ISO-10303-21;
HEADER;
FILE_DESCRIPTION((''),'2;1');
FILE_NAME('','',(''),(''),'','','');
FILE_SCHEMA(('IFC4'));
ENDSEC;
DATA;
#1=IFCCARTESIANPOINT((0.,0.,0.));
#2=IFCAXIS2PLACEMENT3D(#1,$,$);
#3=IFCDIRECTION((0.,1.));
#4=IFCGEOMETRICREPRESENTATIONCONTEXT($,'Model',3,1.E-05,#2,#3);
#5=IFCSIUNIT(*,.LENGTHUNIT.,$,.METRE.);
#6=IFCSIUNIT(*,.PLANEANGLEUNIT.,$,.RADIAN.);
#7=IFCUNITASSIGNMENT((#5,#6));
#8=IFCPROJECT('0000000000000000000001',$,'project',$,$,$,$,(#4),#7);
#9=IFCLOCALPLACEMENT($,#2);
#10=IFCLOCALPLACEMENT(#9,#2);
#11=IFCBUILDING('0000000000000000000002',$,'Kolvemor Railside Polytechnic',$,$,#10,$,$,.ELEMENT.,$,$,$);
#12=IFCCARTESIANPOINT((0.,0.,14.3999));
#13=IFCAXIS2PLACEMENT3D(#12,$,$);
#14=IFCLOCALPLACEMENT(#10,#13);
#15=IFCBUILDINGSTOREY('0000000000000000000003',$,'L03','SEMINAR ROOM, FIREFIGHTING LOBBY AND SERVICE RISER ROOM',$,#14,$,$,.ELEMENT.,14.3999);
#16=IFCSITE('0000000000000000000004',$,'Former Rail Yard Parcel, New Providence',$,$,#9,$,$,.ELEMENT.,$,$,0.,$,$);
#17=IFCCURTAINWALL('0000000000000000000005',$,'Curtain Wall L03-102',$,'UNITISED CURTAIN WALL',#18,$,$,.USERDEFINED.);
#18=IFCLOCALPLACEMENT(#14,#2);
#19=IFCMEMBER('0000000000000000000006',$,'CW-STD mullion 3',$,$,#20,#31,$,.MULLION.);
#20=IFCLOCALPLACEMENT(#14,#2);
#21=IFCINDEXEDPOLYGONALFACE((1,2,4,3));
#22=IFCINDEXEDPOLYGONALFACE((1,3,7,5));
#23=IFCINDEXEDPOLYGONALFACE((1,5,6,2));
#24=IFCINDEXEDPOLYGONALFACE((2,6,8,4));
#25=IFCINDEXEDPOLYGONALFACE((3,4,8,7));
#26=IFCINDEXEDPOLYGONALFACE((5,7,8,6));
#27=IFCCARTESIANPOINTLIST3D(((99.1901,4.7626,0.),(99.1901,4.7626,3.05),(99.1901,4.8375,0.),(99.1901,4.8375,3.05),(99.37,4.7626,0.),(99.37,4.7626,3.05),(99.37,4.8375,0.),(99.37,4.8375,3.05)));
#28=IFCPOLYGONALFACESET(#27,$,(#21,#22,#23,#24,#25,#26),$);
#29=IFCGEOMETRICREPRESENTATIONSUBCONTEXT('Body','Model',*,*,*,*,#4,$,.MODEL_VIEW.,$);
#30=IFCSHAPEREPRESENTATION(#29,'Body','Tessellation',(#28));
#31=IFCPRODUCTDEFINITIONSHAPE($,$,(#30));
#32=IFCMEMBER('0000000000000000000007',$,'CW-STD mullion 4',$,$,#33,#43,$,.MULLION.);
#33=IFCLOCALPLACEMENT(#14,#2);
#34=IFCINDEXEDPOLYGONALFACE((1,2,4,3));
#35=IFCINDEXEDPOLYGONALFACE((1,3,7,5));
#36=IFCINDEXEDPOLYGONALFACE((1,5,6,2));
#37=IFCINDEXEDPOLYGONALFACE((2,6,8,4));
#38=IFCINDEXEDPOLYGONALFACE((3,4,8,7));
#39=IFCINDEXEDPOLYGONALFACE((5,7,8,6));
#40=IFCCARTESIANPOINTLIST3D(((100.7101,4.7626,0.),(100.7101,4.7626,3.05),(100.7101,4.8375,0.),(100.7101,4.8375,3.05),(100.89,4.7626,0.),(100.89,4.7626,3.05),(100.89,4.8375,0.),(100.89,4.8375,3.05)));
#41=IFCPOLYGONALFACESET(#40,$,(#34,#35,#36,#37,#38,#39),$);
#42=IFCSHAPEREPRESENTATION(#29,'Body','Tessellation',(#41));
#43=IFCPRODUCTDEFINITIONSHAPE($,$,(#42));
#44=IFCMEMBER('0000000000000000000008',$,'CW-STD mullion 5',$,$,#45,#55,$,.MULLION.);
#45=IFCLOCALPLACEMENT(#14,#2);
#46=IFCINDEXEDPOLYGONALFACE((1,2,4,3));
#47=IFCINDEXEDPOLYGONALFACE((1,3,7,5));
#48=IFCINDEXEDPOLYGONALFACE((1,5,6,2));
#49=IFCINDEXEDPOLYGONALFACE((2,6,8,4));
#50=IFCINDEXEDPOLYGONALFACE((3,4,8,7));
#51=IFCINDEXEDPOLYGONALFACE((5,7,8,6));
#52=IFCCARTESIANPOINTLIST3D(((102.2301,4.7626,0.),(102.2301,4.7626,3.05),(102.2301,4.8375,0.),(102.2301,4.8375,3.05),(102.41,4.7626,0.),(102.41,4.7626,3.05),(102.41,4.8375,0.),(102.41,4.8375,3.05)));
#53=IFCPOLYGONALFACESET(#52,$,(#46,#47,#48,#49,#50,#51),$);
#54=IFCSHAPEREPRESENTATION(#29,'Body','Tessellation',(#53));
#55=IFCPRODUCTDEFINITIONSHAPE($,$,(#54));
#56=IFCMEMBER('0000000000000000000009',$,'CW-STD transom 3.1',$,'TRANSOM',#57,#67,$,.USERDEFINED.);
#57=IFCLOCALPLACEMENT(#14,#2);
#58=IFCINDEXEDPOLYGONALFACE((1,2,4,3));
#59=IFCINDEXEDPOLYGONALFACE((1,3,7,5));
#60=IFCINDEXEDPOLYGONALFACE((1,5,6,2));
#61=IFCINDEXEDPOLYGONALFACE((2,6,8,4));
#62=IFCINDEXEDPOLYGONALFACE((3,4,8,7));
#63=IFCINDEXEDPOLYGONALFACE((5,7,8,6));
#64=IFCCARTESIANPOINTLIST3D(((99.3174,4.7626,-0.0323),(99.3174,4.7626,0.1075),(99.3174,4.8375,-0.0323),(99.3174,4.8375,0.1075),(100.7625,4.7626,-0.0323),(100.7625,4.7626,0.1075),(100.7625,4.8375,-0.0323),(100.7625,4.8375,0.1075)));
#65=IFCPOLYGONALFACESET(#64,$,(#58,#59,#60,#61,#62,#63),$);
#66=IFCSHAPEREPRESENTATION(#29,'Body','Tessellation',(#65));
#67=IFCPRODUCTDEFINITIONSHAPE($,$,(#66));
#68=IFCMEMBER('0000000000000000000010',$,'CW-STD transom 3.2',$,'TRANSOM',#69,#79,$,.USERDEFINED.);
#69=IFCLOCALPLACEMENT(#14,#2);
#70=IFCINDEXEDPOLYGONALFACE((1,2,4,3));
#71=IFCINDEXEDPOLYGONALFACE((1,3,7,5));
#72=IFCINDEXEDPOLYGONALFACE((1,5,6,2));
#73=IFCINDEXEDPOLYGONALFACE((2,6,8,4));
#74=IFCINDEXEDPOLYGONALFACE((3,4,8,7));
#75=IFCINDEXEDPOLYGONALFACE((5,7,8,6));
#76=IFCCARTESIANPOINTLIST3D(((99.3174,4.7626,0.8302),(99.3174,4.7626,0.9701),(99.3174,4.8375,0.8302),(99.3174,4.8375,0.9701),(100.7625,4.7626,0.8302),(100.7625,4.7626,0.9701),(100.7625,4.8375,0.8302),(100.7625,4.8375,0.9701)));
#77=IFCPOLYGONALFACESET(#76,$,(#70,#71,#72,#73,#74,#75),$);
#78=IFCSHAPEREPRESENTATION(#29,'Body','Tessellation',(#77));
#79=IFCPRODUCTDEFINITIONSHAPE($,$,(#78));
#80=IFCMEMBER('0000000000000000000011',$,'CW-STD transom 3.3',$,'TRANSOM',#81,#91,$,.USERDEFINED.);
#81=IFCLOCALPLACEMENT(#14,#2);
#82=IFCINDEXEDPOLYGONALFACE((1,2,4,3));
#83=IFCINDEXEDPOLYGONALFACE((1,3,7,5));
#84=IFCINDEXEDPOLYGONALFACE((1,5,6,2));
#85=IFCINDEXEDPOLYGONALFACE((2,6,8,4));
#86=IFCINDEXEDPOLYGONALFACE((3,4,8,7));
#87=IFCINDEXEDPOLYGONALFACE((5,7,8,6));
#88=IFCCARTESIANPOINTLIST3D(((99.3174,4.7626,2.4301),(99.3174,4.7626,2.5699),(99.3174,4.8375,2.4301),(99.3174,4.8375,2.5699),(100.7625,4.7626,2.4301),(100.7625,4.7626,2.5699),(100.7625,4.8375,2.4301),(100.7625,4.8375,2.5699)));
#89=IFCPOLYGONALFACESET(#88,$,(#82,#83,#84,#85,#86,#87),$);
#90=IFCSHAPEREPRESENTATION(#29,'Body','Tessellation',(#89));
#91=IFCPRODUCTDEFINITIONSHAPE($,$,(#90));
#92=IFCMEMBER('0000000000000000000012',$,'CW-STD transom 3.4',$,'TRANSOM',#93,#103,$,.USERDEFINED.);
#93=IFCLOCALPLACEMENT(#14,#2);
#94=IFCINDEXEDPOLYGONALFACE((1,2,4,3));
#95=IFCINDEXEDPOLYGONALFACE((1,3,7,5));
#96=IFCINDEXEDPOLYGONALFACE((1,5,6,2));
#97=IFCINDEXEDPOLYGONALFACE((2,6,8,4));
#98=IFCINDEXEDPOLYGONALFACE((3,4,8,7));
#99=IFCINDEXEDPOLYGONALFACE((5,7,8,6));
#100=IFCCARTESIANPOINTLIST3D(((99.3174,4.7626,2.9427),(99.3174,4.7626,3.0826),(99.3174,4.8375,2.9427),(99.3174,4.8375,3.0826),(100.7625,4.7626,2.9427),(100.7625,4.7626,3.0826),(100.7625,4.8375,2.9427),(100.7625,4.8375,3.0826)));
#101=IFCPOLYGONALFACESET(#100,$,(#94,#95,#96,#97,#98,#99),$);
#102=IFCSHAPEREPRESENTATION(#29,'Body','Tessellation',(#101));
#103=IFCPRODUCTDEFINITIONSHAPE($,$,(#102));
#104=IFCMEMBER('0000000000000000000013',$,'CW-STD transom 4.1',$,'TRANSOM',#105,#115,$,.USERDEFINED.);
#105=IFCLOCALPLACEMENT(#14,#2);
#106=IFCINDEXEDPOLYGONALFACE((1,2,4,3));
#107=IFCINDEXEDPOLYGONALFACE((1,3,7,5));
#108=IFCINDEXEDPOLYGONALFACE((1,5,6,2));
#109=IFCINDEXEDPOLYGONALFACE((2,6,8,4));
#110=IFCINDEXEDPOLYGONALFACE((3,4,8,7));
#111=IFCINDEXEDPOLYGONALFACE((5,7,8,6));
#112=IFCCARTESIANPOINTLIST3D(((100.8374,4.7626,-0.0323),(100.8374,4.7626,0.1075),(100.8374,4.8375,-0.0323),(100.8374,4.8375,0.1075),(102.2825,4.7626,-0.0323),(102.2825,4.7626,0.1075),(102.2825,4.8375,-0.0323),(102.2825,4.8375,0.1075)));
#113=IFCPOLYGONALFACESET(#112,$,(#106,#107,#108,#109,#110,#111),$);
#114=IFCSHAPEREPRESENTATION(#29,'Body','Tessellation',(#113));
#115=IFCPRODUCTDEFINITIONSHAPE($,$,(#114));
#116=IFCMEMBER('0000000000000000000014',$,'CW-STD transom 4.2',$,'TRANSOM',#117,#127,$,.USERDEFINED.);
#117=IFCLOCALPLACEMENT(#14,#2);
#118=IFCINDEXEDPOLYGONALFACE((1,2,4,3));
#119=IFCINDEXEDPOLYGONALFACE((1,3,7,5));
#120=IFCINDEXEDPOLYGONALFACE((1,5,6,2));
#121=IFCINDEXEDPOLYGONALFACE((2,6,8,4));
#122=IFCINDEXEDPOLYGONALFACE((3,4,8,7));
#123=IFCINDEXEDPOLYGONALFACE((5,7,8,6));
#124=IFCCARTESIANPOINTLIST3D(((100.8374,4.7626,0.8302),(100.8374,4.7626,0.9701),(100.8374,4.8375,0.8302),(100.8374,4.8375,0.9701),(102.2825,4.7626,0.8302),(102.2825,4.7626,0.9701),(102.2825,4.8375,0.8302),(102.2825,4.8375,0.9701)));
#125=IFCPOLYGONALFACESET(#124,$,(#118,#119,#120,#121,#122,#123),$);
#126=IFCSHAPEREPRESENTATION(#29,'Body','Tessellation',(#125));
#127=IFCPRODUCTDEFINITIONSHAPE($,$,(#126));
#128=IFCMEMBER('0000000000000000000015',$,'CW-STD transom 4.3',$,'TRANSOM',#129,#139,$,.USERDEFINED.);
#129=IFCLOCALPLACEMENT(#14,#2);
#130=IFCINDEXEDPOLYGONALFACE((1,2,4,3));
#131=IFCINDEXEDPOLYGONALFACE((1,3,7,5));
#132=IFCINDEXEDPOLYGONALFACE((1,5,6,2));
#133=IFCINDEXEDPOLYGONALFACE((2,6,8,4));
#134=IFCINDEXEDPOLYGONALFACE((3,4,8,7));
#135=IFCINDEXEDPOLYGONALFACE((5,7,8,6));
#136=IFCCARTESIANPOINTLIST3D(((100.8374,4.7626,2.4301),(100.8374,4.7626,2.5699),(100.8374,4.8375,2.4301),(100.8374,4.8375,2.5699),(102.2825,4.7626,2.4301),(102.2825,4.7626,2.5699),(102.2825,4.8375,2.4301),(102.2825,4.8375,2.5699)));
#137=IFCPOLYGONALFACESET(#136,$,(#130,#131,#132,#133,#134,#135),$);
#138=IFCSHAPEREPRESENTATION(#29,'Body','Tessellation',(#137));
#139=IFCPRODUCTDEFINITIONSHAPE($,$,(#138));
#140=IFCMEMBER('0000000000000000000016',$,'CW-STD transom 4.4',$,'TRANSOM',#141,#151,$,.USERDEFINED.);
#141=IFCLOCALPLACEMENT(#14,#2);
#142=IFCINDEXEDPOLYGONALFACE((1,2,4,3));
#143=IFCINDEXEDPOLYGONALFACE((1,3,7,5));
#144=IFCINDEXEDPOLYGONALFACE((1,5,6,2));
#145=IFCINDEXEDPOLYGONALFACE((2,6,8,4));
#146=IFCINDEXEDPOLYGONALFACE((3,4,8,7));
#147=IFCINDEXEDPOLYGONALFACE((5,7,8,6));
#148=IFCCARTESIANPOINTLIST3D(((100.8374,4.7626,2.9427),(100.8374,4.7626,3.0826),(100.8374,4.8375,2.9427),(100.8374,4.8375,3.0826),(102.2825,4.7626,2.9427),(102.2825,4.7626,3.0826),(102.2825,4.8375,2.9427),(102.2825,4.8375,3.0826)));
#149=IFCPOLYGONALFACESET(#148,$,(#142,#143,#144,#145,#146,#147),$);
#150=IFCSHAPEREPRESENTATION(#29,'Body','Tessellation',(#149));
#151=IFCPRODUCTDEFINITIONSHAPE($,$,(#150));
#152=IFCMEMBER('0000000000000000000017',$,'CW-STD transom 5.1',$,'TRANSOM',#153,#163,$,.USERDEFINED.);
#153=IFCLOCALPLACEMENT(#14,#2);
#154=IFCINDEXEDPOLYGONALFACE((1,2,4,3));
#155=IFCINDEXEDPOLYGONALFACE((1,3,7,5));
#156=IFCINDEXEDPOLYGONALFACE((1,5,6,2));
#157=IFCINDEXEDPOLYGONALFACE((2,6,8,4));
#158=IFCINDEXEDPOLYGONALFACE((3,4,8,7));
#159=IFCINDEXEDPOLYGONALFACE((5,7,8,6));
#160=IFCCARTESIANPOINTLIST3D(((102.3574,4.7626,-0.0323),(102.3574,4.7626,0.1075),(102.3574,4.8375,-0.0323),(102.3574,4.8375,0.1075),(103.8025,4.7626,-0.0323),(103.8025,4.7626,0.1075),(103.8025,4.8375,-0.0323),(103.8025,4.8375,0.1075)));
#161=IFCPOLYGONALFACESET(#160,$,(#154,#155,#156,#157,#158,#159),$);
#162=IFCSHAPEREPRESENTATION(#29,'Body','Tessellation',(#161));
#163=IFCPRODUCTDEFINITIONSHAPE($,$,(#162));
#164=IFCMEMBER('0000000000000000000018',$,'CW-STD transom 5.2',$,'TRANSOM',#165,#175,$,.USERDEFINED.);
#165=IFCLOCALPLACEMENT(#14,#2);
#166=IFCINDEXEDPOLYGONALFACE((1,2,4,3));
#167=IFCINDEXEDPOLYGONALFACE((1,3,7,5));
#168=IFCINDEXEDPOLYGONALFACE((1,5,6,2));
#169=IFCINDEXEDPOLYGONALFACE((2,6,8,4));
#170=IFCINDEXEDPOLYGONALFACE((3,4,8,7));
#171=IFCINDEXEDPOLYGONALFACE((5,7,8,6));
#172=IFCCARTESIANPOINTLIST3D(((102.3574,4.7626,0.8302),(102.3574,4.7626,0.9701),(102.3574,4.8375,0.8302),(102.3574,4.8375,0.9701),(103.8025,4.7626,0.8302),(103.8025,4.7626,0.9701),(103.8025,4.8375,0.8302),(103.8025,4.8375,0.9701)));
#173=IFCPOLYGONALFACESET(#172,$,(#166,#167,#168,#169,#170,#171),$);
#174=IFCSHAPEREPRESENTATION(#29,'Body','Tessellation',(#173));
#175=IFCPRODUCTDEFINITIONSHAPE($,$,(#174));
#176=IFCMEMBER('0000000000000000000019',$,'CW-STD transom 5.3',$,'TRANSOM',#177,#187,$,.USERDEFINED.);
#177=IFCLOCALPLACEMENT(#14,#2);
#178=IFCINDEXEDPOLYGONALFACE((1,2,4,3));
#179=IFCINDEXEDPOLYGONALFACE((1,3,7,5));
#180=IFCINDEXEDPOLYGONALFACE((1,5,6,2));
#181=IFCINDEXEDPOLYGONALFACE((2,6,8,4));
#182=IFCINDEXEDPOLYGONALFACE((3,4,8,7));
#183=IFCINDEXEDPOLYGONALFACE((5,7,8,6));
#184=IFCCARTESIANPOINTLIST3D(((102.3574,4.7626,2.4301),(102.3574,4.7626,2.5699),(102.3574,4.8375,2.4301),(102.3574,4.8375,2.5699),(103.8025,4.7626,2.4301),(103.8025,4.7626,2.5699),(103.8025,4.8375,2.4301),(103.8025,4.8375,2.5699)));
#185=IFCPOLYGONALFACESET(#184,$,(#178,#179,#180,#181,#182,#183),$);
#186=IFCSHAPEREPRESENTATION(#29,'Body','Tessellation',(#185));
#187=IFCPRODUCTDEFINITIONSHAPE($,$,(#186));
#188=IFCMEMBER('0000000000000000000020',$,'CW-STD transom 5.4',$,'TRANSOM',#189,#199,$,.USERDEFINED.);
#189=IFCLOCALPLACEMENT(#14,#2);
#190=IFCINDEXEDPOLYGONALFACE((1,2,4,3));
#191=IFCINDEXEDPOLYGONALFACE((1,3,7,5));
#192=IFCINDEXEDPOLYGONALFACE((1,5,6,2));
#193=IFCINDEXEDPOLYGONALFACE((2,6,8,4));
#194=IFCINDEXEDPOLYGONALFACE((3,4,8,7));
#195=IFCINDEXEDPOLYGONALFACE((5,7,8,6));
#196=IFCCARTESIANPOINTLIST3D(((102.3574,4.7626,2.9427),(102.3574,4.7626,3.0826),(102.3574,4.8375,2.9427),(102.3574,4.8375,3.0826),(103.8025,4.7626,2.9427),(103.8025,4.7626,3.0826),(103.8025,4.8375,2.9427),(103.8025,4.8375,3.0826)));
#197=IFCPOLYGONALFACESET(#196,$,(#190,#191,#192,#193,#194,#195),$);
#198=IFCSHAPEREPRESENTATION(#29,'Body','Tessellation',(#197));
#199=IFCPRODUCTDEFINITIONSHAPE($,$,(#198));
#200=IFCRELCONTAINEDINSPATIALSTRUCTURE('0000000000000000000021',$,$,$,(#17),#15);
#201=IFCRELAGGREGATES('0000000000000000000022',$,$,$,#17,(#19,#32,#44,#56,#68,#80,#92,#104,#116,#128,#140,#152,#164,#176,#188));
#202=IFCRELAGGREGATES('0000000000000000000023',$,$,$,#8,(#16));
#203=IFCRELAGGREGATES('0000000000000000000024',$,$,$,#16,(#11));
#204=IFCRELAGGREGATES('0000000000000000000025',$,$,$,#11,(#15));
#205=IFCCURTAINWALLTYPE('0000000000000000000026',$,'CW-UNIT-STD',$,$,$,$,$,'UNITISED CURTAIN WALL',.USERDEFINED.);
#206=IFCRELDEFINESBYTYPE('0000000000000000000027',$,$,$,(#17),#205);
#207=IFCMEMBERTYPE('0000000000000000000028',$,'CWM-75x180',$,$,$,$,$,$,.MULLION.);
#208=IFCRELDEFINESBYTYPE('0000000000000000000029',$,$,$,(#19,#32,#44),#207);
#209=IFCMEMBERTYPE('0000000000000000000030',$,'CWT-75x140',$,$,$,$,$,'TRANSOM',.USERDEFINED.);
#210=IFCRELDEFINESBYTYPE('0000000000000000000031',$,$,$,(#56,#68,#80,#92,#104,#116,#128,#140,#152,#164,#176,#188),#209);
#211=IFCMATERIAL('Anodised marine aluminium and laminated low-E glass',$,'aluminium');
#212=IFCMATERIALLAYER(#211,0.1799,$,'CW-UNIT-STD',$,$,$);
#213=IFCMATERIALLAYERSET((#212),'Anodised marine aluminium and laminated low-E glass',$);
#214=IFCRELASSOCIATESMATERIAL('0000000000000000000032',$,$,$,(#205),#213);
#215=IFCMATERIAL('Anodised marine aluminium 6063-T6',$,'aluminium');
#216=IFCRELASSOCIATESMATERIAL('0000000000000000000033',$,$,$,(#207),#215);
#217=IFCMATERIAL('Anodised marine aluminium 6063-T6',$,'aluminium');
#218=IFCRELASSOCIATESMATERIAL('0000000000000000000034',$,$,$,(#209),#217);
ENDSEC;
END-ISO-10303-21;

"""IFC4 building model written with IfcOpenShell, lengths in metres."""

from ifc_helpers import new_model, si_unit, direction, frame, origin, origin_2d, place, context, subcontext, project, spatial, rectangle, extrude, material, layer, layer_set, material_profile, profile_set, type_object, element, aggregate, save


model = new_model("IFC4")

# Units and contexts
model_context = context("Model", 3, precision=1e-05, world=origin(), true_north=direction((0.0, 1.0)))
body_context = subcontext(model_context, "Body", "Model", "MODEL_VIEW")
ifc_project = project(units=[si_unit("LENGTHUNIT", "METRE"), si_unit("PLANEANGLEUNIT", "RADIAN")], contexts=[model_context])

# Site, building, storey
site_placement = place(None, origin())
site = spatial("IfcSite", under=ifc_project, at=site_placement, Name="Former Rail Yard Parcel, New Providence", CompositionType="ELEMENT", RefElevation=0.0)
building_placement = place(site_placement, origin())
building = spatial("IfcBuilding", under=site, at=building_placement, Name="Kolvemor Railside Polytechnic", CompositionType="ELEMENT")
storey_placement = place(building_placement, frame((0.0, 0.0, 14.3999)))
storey = spatial("IfcBuildingStorey", under=building, at=storey_placement, Name="L03", Description="SEMINAR ROOM, FIREFIGHTING LOBBY AND SERVICE RISER ROOM", CompositionType="ELEMENT", Elevation=14.3999)

# Curtain wall, members
ifc_material_1 = material(Name="Anodised marine aluminium and laminated low-E glass", Category="aluminium")
ifc_layer_1 = layer(ifc_material_1, 0.1799, Name="CW-UNIT-STD")
ifc_layer_set_1 = layer_set([ifc_layer_1], Name="Anodised marine aluminium and laminated low-E glass")
curtain_wall_type = type_object("IfcCurtainWallType", Name="CW-UNIT-STD", ElementType="UNITISED CURTAIN WALL", PredefinedType="USERDEFINED", material=ifc_layer_set_1)
curtain_wall_placement = place(storey_placement, origin())
curtain_wall = element("IfcCurtainWall", 1, at=curtain_wall_placement, inside=storey, type_object=curtain_wall_type, Name="Curtain Wall L03-102", ObjectType="UNITISED CURTAIN WALL", PredefinedType="USERDEFINED")
ifc_material_2 = material(Name="Anodised marine aluminium 6063-T6", Category="aluminium")
ifc_material_profile_1 = material_profile(ifc_material_2, rectangle(XDim=0.075, YDim=0.1799, at=origin_2d()), Name="CW-MUL-75x180")
ifc_profile_set_1 = profile_set([ifc_material_profile_1], Name="Anodised marine aluminium 6063-T6")
member_type_1 = type_object("IfcMemberType", Name="CWM-75x180", PredefinedType="MULLION", material=ifc_profile_set_1)
member_1_placement = place(storey_placement, frame((99.28, 4.8, 0.0), z_axis=(0.0, 0.0, 1.0), x_axis=(0.0, 1.0, 0.0)))
member_1 = element("IfcMember", 2, at=member_1_placement, type_object=member_type_1, Name="CW-STD mullion 3", PredefinedType="MULLION", context=body_context, shape_type="SweptSolid", body=[
    extrude(rectangle(XDim=0.075, YDim=0.1799, at=origin_2d()), origin(), (0.0, 0.0, 1.0), 3.05),
])
member_2_placement = place(storey_placement, frame((100.8, 4.8, 0.0), z_axis=(0.0, 0.0, 1.0), x_axis=(0.0, 1.0, 0.0)))
member_2 = element("IfcMember", 3, at=member_2_placement, type_object=member_type_1, Name="CW-STD mullion 4", PredefinedType="MULLION", context=body_context, shape_type="SweptSolid", body=[
    extrude(rectangle(XDim=0.075, YDim=0.1799, at=origin_2d()), origin(), (0.0, 0.0, 1.0), 3.05),
])
member_3_placement = place(storey_placement, frame((102.3201, 4.8, 0.0), z_axis=(0.0, 0.0, 1.0), x_axis=(0.0, 1.0, 0.0)))
member_3 = element("IfcMember", 4, at=member_3_placement, type_object=member_type_1, Name="CW-STD mullion 5", PredefinedType="MULLION", context=body_context, shape_type="SweptSolid", body=[
    extrude(rectangle(XDim=0.075, YDim=0.1799, at=origin_2d()), origin(), (0.0, 0.0, 1.0), 3.05),
])
ifc_material_3 = material(Name="Anodised marine aluminium 6063-T6", Category="aluminium")
ifc_material_profile_2 = material_profile(ifc_material_3, rectangle(XDim=0.075, YDim=0.1399, at=origin_2d()), Name="CW-TRN-75x140")
ifc_profile_set_2 = profile_set([ifc_material_profile_2], Name="Anodised marine aluminium 6063-T6")
member_type_2 = type_object("IfcMemberType", Name="CWT-75x140", ElementType="TRANSOM", PredefinedType="USERDEFINED", material=ifc_profile_set_2)
member_4_placement = place(storey_placement, frame((99.3174, 4.8, 0.0376), z_axis=(1.0, 0.0, 0.0), x_axis=(0.0, 1.0, 0.0)))
member_4 = element("IfcMember", 5, at=member_4_placement, type_object=member_type_2, Name="CW-STD transom 3.1", ObjectType="TRANSOM", PredefinedType="USERDEFINED", context=body_context, shape_type="SweptSolid", body=[
    extrude(rectangle(XDim=0.075, YDim=0.1399, at=origin_2d()), origin(), (0.0, 0.0, 1.0), 1.4451),
])
member_5_placement = place(storey_placement, frame((99.3174, 4.8, 0.9001), z_axis=(1.0, 0.0, 0.0), x_axis=(0.0, 1.0, 0.0)))
member_5 = element("IfcMember", 6, at=member_5_placement, type_object=member_type_2, Name="CW-STD transom 3.2", ObjectType="TRANSOM", PredefinedType="USERDEFINED", context=body_context, shape_type="SweptSolid", body=[
    extrude(rectangle(XDim=0.075, YDim=0.1399, at=origin_2d()), origin(), (0.0, 0.0, 1.0), 1.4451),
])
member_6_placement = place(storey_placement, frame((99.3174, 4.8, 2.5), z_axis=(1.0, 0.0, 0.0), x_axis=(0.0, 1.0, 0.0)))
member_6 = element("IfcMember", 7, at=member_6_placement, type_object=member_type_2, Name="CW-STD transom 3.3", ObjectType="TRANSOM", PredefinedType="USERDEFINED", context=body_context, shape_type="SweptSolid", body=[
    extrude(rectangle(XDim=0.075, YDim=0.1399, at=origin_2d()), origin(), (0.0, 0.0, 1.0), 1.4451),
])
member_7_placement = place(storey_placement, frame((99.3174, 4.8, 3.0127), z_axis=(1.0, 0.0, 0.0), x_axis=(0.0, 1.0, 0.0)))
member_7 = element("IfcMember", 8, at=member_7_placement, type_object=member_type_2, Name="CW-STD transom 3.4", ObjectType="TRANSOM", PredefinedType="USERDEFINED", context=body_context, shape_type="SweptSolid", body=[
    extrude(rectangle(XDim=0.075, YDim=0.1399, at=origin_2d()), origin(), (0.0, 0.0, 1.0), 1.4451),
])
member_8_placement = place(storey_placement, frame((100.8374, 4.8, 0.0376), z_axis=(1.0, 0.0, 0.0), x_axis=(0.0, 1.0, 0.0)))
member_8 = element("IfcMember", 9, at=member_8_placement, type_object=member_type_2, Name="CW-STD transom 4.1", ObjectType="TRANSOM", PredefinedType="USERDEFINED", context=body_context, shape_type="SweptSolid", body=[
    extrude(rectangle(XDim=0.075, YDim=0.1399, at=origin_2d()), origin(), (0.0, 0.0, 1.0), 1.4451),
])
member_9_placement = place(storey_placement, frame((100.8374, 4.8, 0.9001), z_axis=(1.0, 0.0, 0.0), x_axis=(0.0, 1.0, 0.0)))
member_9 = element("IfcMember", 10, at=member_9_placement, type_object=member_type_2, Name="CW-STD transom 4.2", ObjectType="TRANSOM", PredefinedType="USERDEFINED", context=body_context, shape_type="SweptSolid", body=[
    extrude(rectangle(XDim=0.075, YDim=0.1399, at=origin_2d()), origin(), (0.0, 0.0, 1.0), 1.4451),
])
member_10_placement = place(storey_placement, frame((100.8374, 4.8, 2.5), z_axis=(1.0, 0.0, 0.0), x_axis=(0.0, 1.0, 0.0)))
member_10 = element("IfcMember", 11, at=member_10_placement, type_object=member_type_2, Name="CW-STD transom 4.3", ObjectType="TRANSOM", PredefinedType="USERDEFINED", context=body_context, shape_type="SweptSolid", body=[
    extrude(rectangle(XDim=0.075, YDim=0.1399, at=origin_2d()), origin(), (0.0, 0.0, 1.0), 1.4451),
])
member_11_placement = place(storey_placement, frame((100.8374, 4.8, 3.0127), z_axis=(1.0, 0.0, 0.0), x_axis=(0.0, 1.0, 0.0)))
member_11 = element("IfcMember", 12, at=member_11_placement, type_object=member_type_2, Name="CW-STD transom 4.4", ObjectType="TRANSOM", PredefinedType="USERDEFINED", context=body_context, shape_type="SweptSolid", body=[
    extrude(rectangle(XDim=0.075, YDim=0.1399, at=origin_2d()), origin(), (0.0, 0.0, 1.0), 1.4451),
])
member_12_placement = place(storey_placement, frame((102.3574, 4.8, 0.0376), z_axis=(1.0, 0.0, 0.0), x_axis=(0.0, 1.0, 0.0)))
member_12 = element("IfcMember", 13, at=member_12_placement, type_object=member_type_2, Name="CW-STD transom 5.1", ObjectType="TRANSOM", PredefinedType="USERDEFINED", context=body_context, shape_type="SweptSolid", body=[
    extrude(rectangle(XDim=0.075, YDim=0.1399, at=origin_2d()), origin(), (0.0, 0.0, 1.0), 1.4451),
])
member_13_placement = place(storey_placement, frame((102.3574, 4.8, 0.9001), z_axis=(1.0, 0.0, 0.0), x_axis=(0.0, 1.0, 0.0)))
member_13 = element("IfcMember", 14, at=member_13_placement, type_object=member_type_2, Name="CW-STD transom 5.2", ObjectType="TRANSOM", PredefinedType="USERDEFINED", context=body_context, shape_type="SweptSolid", body=[
    extrude(rectangle(XDim=0.075, YDim=0.1399, at=origin_2d()), origin(), (0.0, 0.0, 1.0), 1.4451),
])
member_14_placement = place(storey_placement, frame((102.3574, 4.8, 2.5), z_axis=(1.0, 0.0, 0.0), x_axis=(0.0, 1.0, 0.0)))
member_14 = element("IfcMember", 15, at=member_14_placement, type_object=member_type_2, Name="CW-STD transom 5.3", ObjectType="TRANSOM", PredefinedType="USERDEFINED", context=body_context, shape_type="SweptSolid", body=[
    extrude(rectangle(XDim=0.075, YDim=0.1399, at=origin_2d()), origin(), (0.0, 0.0, 1.0), 1.4451),
])
member_15_placement = place(storey_placement, frame((102.3574, 4.8, 3.0127), z_axis=(1.0, 0.0, 0.0), x_axis=(0.0, 1.0, 0.0)))
member_15 = element("IfcMember", 16, at=member_15_placement, type_object=member_type_2, Name="CW-STD transom 5.4", ObjectType="TRANSOM", PredefinedType="USERDEFINED", context=body_context, shape_type="SweptSolid", body=[
    extrude(rectangle(XDim=0.075, YDim=0.1399, at=origin_2d()), origin(), (0.0, 0.0, 1.0), 1.4451),
])
aggregate(curtain_wall, [member_1, member_2, member_3, member_4, member_5, member_6, member_7, member_8, member_9, member_10, member_11, member_12, member_13, member_14, member_15])

save(model, "model.ifc")
